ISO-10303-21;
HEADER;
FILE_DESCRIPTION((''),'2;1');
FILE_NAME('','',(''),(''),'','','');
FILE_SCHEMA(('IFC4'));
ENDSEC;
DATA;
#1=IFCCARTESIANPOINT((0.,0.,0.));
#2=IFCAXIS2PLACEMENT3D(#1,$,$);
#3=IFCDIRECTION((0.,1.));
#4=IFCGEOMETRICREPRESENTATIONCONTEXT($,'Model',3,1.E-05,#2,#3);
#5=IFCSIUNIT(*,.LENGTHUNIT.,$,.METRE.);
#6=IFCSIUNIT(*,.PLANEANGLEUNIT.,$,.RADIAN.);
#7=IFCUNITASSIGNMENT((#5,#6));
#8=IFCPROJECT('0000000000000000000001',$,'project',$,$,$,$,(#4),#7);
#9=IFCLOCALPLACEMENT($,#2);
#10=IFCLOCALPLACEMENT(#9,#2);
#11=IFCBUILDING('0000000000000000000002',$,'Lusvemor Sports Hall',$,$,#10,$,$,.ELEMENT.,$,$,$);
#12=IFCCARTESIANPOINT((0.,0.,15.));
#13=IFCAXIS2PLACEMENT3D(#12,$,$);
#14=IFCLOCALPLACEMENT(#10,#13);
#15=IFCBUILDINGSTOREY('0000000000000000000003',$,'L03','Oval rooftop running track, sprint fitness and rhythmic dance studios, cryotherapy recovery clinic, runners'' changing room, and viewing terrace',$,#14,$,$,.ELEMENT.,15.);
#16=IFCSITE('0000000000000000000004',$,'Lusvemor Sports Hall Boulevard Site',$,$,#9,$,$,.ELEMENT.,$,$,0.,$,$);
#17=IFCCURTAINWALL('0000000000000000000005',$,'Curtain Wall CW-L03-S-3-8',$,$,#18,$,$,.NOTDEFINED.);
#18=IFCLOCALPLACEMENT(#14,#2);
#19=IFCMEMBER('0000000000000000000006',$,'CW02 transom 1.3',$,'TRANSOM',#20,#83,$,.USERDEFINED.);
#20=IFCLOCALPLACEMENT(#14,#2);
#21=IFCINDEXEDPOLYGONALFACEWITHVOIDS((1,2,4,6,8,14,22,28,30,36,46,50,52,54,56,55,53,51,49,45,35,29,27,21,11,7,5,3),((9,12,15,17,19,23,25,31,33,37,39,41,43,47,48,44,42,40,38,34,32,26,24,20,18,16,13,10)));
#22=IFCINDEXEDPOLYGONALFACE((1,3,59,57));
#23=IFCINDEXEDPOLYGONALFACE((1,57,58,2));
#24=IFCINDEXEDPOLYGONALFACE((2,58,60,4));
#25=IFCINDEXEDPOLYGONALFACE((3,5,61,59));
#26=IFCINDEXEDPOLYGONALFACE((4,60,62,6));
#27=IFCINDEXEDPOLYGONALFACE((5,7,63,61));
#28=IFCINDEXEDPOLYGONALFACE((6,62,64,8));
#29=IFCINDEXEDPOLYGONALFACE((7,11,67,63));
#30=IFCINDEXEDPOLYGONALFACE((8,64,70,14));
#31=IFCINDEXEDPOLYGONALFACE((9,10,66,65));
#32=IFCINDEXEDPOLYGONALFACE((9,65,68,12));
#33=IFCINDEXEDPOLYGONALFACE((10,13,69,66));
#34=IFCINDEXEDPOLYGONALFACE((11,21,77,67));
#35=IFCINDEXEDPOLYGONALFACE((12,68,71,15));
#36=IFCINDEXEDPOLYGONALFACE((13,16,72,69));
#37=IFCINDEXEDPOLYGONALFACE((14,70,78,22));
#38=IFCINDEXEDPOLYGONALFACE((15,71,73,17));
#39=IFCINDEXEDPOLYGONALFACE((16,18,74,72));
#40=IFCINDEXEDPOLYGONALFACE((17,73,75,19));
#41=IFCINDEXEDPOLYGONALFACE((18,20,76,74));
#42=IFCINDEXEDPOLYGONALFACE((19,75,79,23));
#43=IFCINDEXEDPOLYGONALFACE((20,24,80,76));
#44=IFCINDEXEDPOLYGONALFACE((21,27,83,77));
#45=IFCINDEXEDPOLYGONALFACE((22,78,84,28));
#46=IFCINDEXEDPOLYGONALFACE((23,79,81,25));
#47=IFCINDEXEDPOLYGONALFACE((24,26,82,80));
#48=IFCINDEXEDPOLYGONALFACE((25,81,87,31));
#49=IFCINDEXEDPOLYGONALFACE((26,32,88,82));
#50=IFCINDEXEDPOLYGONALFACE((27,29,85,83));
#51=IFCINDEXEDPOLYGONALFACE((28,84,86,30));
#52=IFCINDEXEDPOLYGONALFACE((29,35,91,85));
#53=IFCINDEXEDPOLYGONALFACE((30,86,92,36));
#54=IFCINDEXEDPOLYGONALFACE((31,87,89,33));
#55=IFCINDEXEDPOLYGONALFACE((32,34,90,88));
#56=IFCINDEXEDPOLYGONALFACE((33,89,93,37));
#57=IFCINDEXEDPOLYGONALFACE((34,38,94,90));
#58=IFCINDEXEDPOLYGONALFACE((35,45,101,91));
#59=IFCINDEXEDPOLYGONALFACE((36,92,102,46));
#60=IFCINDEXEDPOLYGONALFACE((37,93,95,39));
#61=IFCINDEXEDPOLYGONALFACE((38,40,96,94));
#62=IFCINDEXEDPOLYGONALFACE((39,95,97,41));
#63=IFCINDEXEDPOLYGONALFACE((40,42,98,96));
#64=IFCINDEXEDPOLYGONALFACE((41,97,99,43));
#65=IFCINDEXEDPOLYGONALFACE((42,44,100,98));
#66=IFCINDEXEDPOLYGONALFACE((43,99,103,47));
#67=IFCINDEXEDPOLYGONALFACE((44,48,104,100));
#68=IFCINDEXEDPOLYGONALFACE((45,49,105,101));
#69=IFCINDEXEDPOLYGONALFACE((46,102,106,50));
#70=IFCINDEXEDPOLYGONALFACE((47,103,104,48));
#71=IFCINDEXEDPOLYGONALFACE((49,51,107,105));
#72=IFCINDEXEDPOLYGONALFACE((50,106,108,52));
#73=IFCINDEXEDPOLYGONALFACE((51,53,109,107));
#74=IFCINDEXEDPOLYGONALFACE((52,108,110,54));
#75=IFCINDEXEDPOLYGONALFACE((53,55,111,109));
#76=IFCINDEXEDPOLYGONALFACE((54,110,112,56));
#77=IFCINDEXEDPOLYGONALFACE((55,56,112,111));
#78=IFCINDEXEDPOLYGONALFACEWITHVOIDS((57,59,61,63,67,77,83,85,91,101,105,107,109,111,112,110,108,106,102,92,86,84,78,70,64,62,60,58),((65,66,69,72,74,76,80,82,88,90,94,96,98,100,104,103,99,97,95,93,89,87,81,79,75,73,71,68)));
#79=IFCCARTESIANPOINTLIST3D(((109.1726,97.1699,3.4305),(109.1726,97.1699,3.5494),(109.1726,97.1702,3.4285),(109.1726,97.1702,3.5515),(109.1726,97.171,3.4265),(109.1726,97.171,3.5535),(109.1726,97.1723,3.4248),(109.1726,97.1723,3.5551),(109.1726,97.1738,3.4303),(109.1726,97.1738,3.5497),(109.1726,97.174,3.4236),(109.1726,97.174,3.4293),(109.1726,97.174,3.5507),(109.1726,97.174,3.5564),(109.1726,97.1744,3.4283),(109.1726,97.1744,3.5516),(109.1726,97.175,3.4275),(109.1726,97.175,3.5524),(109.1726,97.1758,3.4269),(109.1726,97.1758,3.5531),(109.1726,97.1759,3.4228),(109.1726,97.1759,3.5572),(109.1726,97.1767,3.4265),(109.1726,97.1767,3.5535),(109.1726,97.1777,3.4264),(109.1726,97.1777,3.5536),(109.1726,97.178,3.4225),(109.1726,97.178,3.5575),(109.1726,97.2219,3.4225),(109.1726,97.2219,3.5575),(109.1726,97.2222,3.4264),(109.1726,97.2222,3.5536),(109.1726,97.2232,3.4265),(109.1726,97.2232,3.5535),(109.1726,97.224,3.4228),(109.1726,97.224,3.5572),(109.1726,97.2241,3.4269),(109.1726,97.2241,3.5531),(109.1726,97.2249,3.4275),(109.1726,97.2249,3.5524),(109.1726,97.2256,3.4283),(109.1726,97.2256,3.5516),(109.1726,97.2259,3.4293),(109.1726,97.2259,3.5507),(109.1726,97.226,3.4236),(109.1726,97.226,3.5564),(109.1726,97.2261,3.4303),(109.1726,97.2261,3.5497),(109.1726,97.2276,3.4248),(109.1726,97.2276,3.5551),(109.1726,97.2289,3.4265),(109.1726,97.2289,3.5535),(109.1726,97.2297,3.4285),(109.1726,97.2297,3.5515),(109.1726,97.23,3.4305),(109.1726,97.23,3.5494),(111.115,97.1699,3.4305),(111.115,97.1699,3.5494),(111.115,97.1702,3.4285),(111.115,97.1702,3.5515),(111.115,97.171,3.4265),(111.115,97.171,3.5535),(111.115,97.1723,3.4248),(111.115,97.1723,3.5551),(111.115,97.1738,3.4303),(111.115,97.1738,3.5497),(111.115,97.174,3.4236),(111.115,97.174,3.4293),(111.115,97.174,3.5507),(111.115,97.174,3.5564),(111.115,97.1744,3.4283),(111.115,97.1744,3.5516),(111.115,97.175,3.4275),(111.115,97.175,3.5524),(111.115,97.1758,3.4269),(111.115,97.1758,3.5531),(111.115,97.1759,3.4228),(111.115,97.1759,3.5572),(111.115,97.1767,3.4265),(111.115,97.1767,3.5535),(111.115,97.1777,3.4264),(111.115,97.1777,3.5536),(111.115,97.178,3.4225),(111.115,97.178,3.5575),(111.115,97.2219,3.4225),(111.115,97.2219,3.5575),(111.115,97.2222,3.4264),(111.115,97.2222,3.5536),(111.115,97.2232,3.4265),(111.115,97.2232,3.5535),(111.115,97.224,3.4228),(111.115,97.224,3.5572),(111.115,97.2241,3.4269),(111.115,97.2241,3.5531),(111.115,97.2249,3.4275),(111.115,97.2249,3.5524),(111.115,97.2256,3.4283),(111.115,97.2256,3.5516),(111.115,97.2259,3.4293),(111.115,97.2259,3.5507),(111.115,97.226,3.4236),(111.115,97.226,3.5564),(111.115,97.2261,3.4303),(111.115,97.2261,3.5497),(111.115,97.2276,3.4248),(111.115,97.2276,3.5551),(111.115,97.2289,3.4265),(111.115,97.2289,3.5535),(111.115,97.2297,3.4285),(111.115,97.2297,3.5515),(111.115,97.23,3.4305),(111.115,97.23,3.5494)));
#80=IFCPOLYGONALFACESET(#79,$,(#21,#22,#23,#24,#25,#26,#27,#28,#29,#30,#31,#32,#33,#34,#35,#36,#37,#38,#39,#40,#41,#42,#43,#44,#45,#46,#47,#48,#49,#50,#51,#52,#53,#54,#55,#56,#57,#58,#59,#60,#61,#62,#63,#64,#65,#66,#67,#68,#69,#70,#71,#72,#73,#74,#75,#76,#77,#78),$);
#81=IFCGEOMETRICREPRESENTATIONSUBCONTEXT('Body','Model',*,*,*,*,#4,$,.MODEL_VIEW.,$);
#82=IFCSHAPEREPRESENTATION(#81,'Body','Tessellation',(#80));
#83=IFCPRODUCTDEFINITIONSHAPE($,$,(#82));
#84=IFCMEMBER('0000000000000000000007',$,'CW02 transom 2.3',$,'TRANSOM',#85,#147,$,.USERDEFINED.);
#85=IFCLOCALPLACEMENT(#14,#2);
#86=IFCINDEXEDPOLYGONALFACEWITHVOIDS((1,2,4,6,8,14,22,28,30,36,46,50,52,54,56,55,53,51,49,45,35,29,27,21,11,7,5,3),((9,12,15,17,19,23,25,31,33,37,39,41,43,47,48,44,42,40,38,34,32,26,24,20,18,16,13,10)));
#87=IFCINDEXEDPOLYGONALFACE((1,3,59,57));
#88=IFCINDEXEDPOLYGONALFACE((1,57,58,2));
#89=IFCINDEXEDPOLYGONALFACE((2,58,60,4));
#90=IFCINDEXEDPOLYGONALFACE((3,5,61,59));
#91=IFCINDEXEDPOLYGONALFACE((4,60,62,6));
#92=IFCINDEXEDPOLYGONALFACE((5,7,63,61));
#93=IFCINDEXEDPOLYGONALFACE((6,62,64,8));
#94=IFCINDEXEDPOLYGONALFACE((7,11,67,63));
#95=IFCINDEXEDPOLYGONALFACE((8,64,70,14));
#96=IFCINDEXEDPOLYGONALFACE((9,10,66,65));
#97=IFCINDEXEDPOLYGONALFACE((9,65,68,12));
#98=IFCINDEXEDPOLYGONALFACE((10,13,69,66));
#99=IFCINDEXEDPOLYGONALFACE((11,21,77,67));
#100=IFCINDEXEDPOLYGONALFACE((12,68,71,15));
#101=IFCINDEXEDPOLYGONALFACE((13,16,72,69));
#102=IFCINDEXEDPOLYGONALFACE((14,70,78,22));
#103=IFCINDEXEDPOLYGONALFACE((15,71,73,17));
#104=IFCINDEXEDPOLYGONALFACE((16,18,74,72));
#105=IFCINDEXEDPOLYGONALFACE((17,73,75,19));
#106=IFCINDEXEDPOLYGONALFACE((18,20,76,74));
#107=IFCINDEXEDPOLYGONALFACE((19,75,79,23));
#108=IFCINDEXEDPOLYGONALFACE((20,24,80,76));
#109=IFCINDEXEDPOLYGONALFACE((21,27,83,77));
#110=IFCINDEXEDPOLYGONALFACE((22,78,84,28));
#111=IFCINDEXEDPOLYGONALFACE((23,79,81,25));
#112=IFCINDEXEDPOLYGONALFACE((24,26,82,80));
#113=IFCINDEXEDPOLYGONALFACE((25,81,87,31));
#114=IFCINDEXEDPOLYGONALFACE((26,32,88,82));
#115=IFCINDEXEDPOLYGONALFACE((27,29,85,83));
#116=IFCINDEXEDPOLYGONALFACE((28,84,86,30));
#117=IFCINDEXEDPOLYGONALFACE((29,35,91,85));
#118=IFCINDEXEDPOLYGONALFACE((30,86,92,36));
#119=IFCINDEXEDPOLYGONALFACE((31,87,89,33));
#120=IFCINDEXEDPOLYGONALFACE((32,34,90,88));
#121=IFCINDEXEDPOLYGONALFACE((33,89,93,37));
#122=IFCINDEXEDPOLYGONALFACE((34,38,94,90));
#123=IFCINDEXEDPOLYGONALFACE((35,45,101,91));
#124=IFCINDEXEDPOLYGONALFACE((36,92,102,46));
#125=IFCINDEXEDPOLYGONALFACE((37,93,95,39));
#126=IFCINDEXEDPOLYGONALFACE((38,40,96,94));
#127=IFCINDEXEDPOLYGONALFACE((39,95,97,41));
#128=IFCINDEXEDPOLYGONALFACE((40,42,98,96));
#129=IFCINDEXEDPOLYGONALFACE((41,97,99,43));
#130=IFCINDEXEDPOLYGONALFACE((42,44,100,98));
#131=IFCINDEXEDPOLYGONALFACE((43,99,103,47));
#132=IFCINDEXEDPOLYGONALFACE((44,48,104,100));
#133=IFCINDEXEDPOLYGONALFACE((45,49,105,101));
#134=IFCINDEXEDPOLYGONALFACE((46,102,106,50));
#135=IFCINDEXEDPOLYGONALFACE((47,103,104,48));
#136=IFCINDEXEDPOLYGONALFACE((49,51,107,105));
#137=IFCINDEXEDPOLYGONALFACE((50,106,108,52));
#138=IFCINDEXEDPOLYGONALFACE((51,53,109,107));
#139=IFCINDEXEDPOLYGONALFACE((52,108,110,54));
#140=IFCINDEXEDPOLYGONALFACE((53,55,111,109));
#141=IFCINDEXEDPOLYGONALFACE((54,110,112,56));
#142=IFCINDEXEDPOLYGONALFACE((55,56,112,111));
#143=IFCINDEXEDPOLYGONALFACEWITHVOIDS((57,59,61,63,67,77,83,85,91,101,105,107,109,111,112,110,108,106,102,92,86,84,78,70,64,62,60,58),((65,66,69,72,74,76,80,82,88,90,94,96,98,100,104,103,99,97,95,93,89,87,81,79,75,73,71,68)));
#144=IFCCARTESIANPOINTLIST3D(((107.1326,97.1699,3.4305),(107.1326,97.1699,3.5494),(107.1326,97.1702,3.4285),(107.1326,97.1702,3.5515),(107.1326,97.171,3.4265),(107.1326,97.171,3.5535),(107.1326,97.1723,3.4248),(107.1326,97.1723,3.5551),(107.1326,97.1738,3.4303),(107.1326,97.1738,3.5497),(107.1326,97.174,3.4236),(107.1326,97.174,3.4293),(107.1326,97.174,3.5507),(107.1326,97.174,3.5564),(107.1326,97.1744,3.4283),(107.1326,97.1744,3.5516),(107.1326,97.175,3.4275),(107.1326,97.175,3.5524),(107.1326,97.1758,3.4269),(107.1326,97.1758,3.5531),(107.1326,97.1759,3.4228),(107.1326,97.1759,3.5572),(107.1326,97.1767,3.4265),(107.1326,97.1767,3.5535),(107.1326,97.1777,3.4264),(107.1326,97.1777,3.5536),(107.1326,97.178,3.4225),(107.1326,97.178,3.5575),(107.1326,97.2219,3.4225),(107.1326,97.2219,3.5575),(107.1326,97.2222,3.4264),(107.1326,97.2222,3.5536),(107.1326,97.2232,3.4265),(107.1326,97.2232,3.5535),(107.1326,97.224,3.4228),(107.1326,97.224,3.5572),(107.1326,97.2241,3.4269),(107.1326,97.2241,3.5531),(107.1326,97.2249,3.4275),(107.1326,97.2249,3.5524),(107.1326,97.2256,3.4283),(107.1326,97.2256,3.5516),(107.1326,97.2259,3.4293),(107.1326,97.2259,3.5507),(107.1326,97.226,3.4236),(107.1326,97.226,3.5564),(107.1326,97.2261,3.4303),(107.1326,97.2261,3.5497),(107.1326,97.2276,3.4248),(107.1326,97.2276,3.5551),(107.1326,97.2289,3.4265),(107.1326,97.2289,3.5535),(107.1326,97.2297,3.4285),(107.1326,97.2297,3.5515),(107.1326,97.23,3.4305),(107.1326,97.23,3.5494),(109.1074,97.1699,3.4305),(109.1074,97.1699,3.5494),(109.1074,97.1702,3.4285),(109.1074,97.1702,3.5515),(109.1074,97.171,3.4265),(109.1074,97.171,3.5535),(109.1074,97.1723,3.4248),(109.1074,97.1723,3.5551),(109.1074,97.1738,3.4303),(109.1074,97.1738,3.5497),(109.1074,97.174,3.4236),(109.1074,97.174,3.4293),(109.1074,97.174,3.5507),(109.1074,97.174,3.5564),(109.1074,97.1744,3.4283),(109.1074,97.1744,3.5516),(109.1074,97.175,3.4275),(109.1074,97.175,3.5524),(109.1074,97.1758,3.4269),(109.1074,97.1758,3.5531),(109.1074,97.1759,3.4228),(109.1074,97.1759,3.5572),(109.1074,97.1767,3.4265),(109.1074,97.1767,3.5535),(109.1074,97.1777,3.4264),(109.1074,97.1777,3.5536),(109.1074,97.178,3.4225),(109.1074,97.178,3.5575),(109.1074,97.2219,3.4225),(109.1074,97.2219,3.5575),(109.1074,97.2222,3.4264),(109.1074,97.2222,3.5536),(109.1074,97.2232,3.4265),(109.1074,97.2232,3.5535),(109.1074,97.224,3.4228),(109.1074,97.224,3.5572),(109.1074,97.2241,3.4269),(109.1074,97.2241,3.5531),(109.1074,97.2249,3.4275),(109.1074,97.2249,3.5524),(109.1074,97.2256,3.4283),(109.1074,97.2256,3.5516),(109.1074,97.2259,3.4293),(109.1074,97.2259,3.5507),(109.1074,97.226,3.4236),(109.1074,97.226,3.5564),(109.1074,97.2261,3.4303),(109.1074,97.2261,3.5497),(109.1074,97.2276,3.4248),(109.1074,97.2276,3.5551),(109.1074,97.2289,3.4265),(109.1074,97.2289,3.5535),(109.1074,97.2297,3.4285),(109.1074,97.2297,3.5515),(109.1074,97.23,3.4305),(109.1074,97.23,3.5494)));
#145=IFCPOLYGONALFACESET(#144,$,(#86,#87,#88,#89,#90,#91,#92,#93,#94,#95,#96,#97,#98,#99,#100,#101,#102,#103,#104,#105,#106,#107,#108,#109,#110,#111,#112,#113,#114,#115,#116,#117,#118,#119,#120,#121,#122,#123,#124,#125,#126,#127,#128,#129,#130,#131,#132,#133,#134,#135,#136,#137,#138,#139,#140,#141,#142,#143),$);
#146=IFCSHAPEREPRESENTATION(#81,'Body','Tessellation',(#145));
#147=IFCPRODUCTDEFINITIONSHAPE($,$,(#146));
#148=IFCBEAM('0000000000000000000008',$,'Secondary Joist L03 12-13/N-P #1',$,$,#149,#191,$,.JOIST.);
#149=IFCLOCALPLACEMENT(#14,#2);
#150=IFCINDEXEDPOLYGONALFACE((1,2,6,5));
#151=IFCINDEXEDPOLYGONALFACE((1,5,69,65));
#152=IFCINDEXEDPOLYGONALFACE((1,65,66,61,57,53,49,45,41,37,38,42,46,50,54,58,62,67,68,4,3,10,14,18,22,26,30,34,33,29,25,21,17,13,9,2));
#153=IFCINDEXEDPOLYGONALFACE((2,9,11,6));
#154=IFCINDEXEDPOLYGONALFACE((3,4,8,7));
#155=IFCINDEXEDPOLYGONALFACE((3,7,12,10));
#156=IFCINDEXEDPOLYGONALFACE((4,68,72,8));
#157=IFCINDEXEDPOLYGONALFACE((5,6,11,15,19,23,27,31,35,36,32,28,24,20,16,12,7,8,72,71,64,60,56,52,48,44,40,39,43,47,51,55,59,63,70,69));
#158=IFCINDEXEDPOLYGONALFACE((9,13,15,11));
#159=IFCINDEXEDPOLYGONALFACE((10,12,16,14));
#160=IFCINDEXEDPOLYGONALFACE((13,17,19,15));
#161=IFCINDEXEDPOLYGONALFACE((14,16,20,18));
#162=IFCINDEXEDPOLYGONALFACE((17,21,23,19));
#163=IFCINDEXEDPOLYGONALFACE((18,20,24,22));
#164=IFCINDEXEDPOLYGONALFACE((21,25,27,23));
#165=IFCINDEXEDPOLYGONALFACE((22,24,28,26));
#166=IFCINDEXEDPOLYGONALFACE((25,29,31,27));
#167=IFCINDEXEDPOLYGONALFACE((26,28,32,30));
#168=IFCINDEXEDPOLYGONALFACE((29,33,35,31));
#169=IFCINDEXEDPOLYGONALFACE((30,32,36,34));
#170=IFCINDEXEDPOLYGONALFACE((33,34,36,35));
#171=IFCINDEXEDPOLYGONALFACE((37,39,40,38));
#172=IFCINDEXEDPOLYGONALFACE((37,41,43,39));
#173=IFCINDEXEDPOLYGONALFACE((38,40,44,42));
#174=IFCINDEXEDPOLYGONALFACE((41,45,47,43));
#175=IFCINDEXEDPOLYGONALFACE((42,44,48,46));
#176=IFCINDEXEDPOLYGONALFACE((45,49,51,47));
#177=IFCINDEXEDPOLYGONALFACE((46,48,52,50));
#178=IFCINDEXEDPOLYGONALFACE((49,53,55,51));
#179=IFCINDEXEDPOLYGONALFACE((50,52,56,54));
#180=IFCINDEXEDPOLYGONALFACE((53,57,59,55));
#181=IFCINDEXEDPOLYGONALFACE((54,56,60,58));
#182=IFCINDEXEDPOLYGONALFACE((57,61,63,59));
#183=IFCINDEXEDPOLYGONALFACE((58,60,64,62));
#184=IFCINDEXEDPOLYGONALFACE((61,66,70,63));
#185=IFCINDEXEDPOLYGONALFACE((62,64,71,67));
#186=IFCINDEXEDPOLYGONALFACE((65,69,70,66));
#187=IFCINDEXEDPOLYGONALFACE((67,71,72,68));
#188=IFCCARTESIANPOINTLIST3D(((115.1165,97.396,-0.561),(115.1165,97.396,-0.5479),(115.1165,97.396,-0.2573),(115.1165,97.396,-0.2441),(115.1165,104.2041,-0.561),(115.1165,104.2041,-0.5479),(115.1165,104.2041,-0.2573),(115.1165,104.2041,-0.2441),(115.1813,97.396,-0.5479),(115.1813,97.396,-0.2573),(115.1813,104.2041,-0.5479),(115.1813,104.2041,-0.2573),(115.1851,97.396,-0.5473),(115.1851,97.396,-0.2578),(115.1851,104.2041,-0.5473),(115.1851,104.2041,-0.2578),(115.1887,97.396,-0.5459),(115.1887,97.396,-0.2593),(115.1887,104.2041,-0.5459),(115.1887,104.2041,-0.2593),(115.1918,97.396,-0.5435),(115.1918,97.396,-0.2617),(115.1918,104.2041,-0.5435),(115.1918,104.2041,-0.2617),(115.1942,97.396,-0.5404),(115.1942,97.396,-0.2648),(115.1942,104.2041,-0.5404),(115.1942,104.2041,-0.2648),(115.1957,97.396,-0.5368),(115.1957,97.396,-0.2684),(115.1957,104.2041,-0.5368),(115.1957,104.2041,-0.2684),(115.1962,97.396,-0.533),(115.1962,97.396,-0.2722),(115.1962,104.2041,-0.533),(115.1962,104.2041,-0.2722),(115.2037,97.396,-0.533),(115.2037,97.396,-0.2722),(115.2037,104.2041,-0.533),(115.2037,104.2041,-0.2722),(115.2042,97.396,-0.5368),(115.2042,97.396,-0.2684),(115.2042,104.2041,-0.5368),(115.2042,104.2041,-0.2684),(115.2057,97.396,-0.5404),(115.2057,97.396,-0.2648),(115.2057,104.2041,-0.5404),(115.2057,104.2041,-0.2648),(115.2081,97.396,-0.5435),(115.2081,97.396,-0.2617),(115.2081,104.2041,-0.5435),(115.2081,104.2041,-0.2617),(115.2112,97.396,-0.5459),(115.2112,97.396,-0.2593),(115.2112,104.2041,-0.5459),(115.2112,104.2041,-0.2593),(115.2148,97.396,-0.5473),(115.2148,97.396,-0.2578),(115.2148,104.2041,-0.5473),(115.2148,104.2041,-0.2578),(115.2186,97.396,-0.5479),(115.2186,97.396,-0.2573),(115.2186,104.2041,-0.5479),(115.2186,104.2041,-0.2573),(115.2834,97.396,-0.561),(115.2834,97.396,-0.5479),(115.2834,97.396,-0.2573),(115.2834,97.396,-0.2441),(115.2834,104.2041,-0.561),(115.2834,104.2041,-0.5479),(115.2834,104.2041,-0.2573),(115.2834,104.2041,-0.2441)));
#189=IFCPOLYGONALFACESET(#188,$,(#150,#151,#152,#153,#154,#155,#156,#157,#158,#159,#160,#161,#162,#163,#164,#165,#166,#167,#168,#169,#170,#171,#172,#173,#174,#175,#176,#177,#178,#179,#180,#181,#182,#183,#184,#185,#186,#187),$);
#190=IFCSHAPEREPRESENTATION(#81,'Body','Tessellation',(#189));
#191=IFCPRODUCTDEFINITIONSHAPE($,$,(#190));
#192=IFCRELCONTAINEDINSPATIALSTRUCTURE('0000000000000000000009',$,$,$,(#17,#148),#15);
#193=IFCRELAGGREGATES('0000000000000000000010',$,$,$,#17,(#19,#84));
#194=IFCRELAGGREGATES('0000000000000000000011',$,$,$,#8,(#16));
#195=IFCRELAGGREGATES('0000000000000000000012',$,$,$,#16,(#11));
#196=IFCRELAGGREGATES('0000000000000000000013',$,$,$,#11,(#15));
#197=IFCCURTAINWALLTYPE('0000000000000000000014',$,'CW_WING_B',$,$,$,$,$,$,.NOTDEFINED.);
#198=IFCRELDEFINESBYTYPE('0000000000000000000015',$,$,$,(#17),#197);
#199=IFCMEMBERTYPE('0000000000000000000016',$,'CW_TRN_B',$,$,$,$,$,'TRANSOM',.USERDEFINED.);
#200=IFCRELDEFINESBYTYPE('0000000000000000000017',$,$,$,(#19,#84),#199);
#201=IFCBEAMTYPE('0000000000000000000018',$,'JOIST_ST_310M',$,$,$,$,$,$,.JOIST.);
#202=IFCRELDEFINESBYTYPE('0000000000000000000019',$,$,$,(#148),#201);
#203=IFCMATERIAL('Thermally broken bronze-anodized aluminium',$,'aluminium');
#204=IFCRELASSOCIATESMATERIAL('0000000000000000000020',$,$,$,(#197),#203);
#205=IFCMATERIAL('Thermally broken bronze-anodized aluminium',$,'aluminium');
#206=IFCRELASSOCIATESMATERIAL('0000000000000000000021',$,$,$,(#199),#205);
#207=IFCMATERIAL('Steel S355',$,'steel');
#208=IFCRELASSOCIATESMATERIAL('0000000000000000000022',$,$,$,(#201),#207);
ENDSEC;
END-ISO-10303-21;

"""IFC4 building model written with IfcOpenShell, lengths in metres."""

from ifc_helpers import new_model, si_unit, direction, frame, origin, origin_2d, place, context, subcontext, project, spatial, hollow_rectangle, i_section, extrude, material, material_profile, profile_set, type_object, element, aggregate, save


model = new_model("IFC4")

# Units and contexts
model_context = context("Model", 3, precision=1e-05, world=origin(), true_north=direction((0.0, 1.0)))
body_context = subcontext(model_context, "Body", "Model", "MODEL_VIEW")
ifc_project = project(units=[si_unit("LENGTHUNIT", "METRE"), si_unit("PLANEANGLEUNIT", "RADIAN")], contexts=[model_context])

# Site, building, storey
site_placement = place(None, origin())
site = spatial("IfcSite", under=ifc_project, at=site_placement, Name="Lusvemor Sports Hall Boulevard Site", CompositionType="ELEMENT", RefElevation=0.0)
building_placement = place(site_placement, origin())
building = spatial("IfcBuilding", under=site, at=building_placement, Name="Lusvemor Sports Hall", CompositionType="ELEMENT")
storey_placement = place(building_placement, frame((0.0, 0.0, 15.0)))
storey = spatial("IfcBuildingStorey", under=building, at=storey_placement, Name="L03", Description="Oval rooftop running track, sprint fitness and rhythmic dance studios, cryotherapy recovery clinic, runners' changing room, and viewing terrace", CompositionType="ELEMENT", Elevation=15.0)

# Curtain wall, members
ifc_material_1 = material(Name="Thermally broken bronze-anodized aluminium", Category="aluminium")
curtain_wall_type = type_object("IfcCurtainWallType", Name="CW_WING_B", PredefinedType="NOTDEFINED", material=ifc_material_1)
curtain_wall_placement = place(storey_placement, origin())
curtain_wall = element("IfcCurtainWall", 1, at=curtain_wall_placement, inside=storey, type_object=curtain_wall_type, Name="Curtain Wall CW-L03-S-3-8", PredefinedType="NOTDEFINED")
ifc_material_2 = material(Name="Thermally broken bronze-anodized aluminium", Category="aluminium")
ifc_material_profile_1 = material_profile(ifc_material_2, hollow_rectangle(XDim=0.0601, YDim=0.135, WallThickness=0.0039, InnerFilletRadius=0.0039, OuterFilletRadius=0.0081, at=origin_2d()), Name="CWTRN135x60x4")
ifc_profile_set_1 = profile_set([ifc_material_profile_1], Name="Thermally broken bronze-anodized aluminium")
member_type_1 = type_object("IfcMemberType", Name="CW_TRN_B", ElementType="TRANSOM", PredefinedType="USERDEFINED", material=ifc_profile_set_1)
member_1_placement = place(storey_placement, frame((111.115, 97.2, 3.49), z_axis=(-1.0, 0.0, 0.0), x_axis=(0.0, -1.0, 0.0)))
member_1 = element("IfcMember", 2, at=member_1_placement, type_object=member_type_1, Name="CW02 transom 1.3", ObjectType="TRANSOM", PredefinedType="USERDEFINED", context=body_context, shape_type="SweptSolid", body=[
    extrude(hollow_rectangle(XDim=0.0601, YDim=0.135, WallThickness=0.0039, InnerFilletRadius=0.0039, OuterFilletRadius=0.0081, at=origin_2d()), origin(), (0.0, 0.0, 1.0), 1.9424),
])
member_2_placement = place(storey_placement, frame((109.1074, 97.2, 3.49), z_axis=(-1.0, 0.0, 0.0), x_axis=(0.0, -1.0, 0.0)))
member_2 = element("IfcMember", 3, at=member_2_placement, type_object=member_type_1, Name="CW02 transom 2.3", ObjectType="TRANSOM", PredefinedType="USERDEFINED", context=body_context, shape_type="SweptSolid", body=[
    extrude(hollow_rectangle(XDim=0.0601, YDim=0.135, WallThickness=0.0039, InnerFilletRadius=0.0039, OuterFilletRadius=0.0081, at=origin_2d()), origin(), (0.0, 0.0, 1.0), 1.9749),
])

# Beam
ifc_material_3 = material(Name="Steel S355", Category="steel")
ifc_material_profile_2 = material_profile(ifc_material_3, i_section(OverallWidth=0.167, OverallDepth=0.3169, WebThickness=0.0076, FlangeThickness=0.0132, FilletRadius=0.0149, at=origin_2d()), Name="W310x52.0")
ifc_profile_set_2 = profile_set([ifc_material_profile_2], Name="Steel S355")
beam_type_1 = type_object("IfcBeamType", Name="JOIST_ST_310M", PredefinedType="JOIST", material=ifc_profile_set_2)
beam_1_placement = place(storey_placement, frame((115.2, 97.396, -0.4026), z_axis=(0.0, 1.0, 0.0), x_axis=(-1.0, 0.0, 0.0)))
element("IfcBeam", 4, at=beam_1_placement, inside=storey, type_object=beam_type_1, Name="Secondary Joist L03 12-13/N-P #1", PredefinedType="JOIST", context=body_context, shape_type="SweptSolid", body=[
    extrude(i_section(OverallWidth=0.167, OverallDepth=0.3169, WebThickness=0.0076, FlangeThickness=0.0132, FilletRadius=0.0149, at=origin_2d()), origin(), (0.0, 0.0, 1.0), 6.8081),
])

aggregate(curtain_wall, [member_1, member_2])

save(model, "model.ifc")
